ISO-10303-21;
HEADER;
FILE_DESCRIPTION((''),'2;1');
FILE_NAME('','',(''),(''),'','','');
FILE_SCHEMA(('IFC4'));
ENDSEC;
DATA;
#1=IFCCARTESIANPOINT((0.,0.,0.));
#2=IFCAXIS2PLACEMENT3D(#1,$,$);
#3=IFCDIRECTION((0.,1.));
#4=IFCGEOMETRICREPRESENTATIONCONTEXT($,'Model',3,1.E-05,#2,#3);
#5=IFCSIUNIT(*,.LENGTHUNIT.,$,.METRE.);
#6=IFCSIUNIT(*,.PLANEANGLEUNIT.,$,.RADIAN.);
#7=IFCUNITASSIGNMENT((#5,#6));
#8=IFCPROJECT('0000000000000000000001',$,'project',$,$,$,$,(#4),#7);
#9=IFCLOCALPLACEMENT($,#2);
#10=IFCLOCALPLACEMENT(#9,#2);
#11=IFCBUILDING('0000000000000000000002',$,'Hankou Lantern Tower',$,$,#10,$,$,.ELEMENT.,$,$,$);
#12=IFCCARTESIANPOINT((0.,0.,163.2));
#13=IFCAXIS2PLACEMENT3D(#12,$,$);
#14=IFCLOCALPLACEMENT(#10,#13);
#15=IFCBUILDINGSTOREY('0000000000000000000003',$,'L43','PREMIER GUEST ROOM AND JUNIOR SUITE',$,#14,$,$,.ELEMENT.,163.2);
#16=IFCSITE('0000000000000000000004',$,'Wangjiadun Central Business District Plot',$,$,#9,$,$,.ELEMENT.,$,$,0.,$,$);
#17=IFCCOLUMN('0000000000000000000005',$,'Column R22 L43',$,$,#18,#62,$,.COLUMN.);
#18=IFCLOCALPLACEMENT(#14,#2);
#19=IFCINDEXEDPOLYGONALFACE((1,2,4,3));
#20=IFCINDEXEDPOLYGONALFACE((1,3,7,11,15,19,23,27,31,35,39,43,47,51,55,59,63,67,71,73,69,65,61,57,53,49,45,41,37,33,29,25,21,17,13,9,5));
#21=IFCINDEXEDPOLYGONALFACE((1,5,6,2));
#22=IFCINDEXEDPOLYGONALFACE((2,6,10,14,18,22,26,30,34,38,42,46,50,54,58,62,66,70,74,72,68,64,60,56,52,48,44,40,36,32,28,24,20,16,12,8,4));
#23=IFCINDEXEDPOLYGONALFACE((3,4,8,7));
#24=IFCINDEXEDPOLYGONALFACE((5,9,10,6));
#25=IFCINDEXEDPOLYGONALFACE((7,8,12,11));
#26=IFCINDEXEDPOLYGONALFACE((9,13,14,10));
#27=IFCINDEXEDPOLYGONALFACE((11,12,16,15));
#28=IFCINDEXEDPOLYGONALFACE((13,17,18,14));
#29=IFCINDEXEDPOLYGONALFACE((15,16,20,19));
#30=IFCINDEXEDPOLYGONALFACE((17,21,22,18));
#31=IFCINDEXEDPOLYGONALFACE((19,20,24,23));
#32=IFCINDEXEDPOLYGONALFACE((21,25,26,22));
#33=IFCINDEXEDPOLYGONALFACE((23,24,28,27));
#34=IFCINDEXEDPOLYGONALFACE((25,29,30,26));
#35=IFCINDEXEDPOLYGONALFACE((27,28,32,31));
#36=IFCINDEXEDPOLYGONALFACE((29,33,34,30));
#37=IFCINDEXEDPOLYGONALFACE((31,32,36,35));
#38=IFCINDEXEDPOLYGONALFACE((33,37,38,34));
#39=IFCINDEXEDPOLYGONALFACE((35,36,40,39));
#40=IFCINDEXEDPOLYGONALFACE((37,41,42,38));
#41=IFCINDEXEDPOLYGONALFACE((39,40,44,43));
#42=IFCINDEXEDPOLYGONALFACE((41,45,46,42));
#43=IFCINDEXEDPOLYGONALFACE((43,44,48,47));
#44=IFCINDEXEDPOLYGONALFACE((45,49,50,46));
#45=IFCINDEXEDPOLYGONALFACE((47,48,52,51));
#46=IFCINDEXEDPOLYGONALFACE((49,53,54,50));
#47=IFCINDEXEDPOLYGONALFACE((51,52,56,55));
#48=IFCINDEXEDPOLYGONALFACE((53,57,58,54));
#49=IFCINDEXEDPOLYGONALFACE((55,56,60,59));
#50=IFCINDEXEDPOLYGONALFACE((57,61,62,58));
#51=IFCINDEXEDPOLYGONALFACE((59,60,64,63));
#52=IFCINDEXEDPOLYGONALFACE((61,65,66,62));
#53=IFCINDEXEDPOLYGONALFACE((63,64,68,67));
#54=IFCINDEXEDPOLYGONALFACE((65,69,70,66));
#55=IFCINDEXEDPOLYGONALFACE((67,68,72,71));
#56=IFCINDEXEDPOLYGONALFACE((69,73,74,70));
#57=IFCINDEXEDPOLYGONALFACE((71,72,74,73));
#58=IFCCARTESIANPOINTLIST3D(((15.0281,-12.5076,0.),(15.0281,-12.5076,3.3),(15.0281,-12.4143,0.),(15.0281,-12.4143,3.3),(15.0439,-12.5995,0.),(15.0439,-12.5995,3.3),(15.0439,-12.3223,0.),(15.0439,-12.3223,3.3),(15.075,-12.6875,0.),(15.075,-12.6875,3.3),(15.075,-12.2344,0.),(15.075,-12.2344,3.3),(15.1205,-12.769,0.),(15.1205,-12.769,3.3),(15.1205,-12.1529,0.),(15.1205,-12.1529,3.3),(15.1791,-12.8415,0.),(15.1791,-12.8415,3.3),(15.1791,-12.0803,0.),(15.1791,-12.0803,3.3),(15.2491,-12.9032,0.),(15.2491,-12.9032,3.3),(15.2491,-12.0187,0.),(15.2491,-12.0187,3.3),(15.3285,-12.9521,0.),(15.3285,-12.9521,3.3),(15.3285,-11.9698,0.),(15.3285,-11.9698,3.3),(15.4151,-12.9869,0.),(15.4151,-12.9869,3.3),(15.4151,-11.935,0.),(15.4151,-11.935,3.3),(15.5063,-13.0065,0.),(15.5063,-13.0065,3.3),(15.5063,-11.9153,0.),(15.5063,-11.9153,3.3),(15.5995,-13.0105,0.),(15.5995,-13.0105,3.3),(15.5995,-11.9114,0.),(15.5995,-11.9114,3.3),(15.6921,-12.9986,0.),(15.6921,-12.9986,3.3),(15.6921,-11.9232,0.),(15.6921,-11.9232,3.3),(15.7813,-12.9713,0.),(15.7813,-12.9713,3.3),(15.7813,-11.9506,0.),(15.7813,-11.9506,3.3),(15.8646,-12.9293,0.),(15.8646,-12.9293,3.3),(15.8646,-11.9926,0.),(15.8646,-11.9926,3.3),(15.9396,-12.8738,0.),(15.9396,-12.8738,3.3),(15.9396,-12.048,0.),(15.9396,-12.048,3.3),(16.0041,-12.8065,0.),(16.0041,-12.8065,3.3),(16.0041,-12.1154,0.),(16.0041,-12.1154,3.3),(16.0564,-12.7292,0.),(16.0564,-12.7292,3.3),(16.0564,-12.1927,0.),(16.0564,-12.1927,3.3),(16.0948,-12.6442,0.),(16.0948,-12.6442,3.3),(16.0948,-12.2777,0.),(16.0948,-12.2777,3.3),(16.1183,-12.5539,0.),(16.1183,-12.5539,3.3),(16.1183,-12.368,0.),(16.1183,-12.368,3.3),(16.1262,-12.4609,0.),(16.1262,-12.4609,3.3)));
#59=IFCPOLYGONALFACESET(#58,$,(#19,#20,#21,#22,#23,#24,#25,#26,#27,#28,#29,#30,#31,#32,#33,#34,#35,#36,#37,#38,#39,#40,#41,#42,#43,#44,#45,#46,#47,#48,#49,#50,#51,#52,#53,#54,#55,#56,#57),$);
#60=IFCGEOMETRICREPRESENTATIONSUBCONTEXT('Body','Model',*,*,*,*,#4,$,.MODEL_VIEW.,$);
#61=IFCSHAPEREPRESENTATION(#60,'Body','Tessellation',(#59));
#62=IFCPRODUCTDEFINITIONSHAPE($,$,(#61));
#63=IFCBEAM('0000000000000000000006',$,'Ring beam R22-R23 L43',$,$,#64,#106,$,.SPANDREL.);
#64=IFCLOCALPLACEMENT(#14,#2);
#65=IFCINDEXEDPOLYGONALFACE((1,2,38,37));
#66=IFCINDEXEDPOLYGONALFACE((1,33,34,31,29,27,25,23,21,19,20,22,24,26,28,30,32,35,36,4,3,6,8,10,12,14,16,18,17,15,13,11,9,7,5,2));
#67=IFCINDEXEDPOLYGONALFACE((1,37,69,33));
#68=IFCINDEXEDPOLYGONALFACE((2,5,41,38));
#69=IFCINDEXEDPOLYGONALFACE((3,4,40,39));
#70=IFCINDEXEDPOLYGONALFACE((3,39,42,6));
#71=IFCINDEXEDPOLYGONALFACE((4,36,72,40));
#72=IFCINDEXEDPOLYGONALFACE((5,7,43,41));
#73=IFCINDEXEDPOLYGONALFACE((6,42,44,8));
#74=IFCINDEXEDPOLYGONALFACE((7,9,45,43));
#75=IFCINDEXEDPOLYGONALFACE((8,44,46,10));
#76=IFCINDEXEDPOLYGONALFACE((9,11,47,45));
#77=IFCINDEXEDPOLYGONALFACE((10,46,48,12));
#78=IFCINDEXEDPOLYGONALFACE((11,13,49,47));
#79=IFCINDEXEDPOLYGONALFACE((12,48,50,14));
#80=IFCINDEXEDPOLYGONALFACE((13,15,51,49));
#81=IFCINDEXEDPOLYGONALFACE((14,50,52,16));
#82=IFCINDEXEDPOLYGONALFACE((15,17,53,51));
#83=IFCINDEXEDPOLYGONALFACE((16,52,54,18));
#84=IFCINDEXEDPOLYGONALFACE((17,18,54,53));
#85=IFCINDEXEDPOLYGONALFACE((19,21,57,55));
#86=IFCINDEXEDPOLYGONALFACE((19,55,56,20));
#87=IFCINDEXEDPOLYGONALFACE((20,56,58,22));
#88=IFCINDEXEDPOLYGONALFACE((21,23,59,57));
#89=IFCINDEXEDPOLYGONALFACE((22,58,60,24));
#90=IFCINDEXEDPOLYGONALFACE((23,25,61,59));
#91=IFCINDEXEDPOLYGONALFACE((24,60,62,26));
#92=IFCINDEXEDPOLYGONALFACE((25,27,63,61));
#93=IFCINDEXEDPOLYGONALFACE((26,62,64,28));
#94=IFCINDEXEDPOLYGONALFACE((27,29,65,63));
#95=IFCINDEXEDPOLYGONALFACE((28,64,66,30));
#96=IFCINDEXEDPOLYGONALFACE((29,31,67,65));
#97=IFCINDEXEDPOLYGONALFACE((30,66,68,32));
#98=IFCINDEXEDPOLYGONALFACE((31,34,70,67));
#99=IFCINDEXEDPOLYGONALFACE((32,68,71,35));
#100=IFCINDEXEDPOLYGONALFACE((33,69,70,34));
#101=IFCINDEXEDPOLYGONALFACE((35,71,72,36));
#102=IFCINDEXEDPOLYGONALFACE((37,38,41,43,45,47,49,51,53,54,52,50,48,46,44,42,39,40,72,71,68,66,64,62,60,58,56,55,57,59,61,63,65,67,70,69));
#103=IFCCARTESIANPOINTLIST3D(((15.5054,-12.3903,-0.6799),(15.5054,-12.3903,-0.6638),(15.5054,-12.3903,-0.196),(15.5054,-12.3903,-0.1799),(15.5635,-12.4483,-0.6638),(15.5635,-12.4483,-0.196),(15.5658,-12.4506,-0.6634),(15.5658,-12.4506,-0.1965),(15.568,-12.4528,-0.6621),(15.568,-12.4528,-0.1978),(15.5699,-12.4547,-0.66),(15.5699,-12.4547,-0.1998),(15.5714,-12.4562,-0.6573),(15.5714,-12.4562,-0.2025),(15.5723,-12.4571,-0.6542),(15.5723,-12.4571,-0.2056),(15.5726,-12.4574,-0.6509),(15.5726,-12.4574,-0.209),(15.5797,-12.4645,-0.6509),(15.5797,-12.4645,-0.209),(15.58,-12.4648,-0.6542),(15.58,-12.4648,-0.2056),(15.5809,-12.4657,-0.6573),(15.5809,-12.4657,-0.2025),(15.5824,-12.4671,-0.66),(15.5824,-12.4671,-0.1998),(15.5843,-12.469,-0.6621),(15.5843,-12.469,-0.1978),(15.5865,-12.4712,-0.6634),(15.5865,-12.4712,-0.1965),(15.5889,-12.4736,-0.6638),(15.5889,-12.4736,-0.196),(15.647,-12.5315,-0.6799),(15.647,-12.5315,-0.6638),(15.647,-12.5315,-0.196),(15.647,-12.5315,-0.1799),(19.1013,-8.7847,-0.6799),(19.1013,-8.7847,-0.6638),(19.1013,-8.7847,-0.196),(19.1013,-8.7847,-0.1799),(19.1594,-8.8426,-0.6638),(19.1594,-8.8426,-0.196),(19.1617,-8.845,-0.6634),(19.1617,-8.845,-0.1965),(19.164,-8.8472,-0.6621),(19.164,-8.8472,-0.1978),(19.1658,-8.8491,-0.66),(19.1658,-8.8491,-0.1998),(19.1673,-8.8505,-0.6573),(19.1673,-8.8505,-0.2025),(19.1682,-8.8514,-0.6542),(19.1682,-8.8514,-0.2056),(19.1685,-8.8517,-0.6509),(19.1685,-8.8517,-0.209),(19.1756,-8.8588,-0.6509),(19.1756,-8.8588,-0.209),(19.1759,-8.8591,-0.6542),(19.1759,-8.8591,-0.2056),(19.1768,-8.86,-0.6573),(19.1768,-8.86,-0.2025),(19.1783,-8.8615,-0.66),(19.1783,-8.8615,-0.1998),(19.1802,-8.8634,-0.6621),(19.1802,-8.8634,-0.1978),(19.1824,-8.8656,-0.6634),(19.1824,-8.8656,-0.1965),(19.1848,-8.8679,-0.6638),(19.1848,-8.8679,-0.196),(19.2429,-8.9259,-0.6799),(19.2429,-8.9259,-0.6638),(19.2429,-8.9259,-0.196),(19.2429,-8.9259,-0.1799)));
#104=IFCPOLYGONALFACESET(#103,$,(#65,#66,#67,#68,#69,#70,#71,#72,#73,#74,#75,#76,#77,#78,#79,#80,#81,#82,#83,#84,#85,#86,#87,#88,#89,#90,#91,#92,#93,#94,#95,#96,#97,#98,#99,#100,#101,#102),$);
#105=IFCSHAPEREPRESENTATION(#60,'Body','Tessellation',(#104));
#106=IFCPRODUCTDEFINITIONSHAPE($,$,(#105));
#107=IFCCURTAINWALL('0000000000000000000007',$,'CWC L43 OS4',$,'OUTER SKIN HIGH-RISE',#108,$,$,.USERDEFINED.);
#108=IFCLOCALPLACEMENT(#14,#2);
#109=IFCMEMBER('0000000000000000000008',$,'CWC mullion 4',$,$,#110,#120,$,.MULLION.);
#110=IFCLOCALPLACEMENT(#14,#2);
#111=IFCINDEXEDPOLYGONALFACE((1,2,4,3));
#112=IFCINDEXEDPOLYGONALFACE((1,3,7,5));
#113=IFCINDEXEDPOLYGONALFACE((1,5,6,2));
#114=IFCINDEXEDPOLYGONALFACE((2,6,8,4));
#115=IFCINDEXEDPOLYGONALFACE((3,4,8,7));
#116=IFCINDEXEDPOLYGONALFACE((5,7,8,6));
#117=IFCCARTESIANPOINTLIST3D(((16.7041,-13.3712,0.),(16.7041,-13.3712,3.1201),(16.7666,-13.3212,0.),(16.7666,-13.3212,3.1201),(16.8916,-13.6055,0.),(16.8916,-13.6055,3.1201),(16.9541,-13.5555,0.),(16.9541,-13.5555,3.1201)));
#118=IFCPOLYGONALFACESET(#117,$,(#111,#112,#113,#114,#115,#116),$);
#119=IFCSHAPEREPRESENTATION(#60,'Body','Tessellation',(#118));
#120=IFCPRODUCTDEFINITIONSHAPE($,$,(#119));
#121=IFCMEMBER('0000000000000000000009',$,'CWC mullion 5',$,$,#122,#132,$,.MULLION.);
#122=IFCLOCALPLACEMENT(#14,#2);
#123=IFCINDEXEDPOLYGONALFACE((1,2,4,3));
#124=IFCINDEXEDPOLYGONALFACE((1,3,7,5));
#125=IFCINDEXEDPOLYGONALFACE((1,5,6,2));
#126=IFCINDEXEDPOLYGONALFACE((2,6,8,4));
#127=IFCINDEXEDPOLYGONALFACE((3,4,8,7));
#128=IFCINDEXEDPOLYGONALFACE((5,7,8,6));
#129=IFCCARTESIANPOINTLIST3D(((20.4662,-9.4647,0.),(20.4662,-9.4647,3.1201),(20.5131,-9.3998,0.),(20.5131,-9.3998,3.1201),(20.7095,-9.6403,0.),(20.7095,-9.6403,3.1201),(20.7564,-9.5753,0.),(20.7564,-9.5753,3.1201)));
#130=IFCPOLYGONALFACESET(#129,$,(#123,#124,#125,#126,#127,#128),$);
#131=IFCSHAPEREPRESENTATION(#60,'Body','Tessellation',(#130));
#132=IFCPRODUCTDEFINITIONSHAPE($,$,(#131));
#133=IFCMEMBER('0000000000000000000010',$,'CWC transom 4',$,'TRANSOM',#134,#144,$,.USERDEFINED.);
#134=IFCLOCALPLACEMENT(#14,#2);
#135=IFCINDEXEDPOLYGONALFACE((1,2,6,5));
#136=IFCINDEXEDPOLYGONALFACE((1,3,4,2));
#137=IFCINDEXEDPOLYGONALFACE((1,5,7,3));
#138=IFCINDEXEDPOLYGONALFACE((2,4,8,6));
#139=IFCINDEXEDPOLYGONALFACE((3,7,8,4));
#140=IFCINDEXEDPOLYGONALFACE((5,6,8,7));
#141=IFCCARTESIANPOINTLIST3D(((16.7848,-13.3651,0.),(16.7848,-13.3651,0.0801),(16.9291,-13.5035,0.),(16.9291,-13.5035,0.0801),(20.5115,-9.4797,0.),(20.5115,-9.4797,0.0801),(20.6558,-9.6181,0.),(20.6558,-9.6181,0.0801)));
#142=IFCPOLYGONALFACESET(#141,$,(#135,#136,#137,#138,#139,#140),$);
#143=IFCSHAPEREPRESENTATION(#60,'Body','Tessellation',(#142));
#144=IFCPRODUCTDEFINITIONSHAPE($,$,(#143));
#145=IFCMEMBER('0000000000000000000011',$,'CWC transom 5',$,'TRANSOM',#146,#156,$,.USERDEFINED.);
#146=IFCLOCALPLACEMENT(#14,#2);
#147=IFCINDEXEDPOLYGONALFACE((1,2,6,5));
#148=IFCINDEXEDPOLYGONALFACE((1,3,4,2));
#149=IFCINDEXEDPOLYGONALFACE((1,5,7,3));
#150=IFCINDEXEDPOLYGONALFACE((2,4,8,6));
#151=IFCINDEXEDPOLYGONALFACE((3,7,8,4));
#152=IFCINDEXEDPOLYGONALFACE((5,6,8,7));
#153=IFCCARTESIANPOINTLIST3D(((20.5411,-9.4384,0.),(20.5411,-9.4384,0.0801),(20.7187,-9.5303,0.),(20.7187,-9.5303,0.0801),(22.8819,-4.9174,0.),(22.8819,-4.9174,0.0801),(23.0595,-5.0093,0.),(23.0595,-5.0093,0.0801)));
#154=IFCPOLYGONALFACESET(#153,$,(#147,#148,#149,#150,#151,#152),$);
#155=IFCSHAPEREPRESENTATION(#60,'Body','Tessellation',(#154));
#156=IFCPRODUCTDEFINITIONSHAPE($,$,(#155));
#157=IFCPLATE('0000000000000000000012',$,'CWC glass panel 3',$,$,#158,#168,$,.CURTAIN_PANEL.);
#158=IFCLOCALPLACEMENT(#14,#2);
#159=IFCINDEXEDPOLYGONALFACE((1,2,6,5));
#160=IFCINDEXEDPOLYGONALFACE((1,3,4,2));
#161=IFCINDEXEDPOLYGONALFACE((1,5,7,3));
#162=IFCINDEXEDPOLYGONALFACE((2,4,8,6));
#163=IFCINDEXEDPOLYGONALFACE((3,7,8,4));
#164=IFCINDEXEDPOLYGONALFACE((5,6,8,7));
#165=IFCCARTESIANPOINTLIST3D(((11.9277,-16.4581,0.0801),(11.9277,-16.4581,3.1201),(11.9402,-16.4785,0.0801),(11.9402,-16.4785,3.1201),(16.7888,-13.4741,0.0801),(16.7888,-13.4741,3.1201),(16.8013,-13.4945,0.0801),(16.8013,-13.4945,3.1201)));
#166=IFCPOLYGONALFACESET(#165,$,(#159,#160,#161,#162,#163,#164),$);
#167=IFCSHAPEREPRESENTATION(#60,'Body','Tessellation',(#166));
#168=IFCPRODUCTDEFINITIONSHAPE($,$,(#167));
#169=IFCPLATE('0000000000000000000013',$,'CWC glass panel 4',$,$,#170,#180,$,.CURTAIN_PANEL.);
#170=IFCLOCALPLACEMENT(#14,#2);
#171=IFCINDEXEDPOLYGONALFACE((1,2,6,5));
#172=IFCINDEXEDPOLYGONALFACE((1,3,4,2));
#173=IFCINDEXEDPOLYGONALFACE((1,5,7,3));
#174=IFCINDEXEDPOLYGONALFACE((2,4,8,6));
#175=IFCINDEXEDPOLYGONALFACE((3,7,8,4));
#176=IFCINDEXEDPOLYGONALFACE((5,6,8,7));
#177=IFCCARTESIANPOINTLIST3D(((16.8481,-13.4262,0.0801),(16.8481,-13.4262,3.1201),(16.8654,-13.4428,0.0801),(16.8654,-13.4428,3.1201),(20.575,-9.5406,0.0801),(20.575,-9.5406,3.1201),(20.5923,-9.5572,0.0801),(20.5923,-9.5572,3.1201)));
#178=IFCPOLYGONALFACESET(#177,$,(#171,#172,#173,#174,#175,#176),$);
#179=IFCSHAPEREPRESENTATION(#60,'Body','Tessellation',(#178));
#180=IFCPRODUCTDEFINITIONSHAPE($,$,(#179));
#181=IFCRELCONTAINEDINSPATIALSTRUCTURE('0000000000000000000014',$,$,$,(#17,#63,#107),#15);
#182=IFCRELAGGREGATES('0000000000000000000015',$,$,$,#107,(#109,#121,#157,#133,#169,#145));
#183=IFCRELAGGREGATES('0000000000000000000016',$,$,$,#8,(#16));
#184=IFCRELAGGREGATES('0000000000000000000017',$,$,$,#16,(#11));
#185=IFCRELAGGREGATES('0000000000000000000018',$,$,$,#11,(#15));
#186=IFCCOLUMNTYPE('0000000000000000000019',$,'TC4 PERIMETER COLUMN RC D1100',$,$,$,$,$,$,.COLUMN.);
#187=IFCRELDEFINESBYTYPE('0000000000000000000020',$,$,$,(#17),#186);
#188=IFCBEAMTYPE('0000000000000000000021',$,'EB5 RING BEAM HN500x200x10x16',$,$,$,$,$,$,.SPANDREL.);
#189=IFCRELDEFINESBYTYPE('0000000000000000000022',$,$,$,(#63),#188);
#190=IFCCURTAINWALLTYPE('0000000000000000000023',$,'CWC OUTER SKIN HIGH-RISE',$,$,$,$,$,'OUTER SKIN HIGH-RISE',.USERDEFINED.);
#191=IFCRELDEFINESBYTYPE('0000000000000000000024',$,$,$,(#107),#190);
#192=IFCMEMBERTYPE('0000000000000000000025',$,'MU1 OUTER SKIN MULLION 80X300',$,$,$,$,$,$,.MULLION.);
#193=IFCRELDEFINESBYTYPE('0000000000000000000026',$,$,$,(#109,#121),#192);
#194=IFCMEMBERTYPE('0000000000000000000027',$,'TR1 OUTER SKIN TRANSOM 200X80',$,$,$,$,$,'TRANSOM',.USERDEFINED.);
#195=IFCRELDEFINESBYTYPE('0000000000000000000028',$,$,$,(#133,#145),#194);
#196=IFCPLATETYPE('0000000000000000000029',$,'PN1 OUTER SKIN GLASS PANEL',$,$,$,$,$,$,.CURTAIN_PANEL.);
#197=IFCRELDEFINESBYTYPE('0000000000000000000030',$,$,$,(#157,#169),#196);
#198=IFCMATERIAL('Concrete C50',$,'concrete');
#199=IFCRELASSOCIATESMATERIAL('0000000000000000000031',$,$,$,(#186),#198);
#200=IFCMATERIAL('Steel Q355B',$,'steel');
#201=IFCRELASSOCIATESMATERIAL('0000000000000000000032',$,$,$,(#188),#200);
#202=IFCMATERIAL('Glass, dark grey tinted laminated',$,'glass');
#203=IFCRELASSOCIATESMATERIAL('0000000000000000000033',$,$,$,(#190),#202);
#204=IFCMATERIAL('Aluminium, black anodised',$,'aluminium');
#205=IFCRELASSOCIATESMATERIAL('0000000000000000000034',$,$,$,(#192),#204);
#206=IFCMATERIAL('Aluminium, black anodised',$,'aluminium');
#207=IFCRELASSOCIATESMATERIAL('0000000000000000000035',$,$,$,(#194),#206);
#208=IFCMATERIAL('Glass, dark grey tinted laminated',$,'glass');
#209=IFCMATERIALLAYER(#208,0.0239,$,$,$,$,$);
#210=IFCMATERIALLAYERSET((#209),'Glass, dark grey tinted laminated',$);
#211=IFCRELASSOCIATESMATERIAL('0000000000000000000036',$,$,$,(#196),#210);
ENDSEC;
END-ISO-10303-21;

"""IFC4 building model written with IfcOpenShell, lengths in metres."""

from ifc_helpers import new_model, si_unit, direction, frame, origin, origin_2d, place, context, subcontext, project, spatial, rectangle, circle, i_section, extrude, material, layer, layer_set, material_profile, profile_set, type_object, element, aggregate, save


model = new_model("IFC4")

# Units and contexts
model_context = context("Model", 3, precision=1e-05, world=origin(), true_north=direction((0.0, 1.0)))
body_context = subcontext(model_context, "Body", "Model", "MODEL_VIEW")
ifc_project = project(units=[si_unit("LENGTHUNIT", "METRE"), si_unit("PLANEANGLEUNIT", "RADIAN")], contexts=[model_context])

# Site, building, storey
site_placement = place(None, origin())
site = spatial("IfcSite", under=ifc_project, at=site_placement, Name="Wangjiadun Central Business District Plot", CompositionType="ELEMENT", RefElevation=0.0)
building_placement = place(site_placement, origin())
building = spatial("IfcBuilding", under=site, at=building_placement, Name="Hankou Lantern Tower", CompositionType="ELEMENT")
storey_placement = place(building_placement, frame((0.0, 0.0, 163.2)))
storey = spatial("IfcBuildingStorey", under=building, at=storey_placement, Name="L43", Description="PREMIER GUEST ROOM AND JUNIOR SUITE", CompositionType="ELEMENT", Elevation=163.2)

# Column
ifc_material_1 = material(Name="Concrete C50", Category="concrete")
ifc_material_profile_1 = material_profile(ifc_material_1, circle(Radius=0.55, at=origin_2d()), Name="RC D1100")
ifc_profile_set_1 = profile_set([ifc_material_profile_1], Name="Concrete C50")
column_type = type_object("IfcColumnType", Name="TC4 PERIMETER COLUMN RC D1100", PredefinedType="COLUMN", material=ifc_profile_set_1)
column_placement = place(storey_placement, frame((15.5762, -12.4609, 0.0), z_axis=(0.0, 0.0, 1.0), x_axis=(1.0, 0.0, 0.0)))
element("IfcColumn", 1, at=column_placement, inside=storey, type_object=column_type, Name="Column R22 L43", PredefinedType="COLUMN", context=body_context, shape_type="SweptSolid", body=[
    extrude(circle(Radius=0.55, at=origin_2d()), origin(), (0.0, 0.0, 1.0), 3.3),
])

# Beam
ifc_material_2 = material(Name="Steel Q355B", Category="steel")
ifc_material_profile_2 = material_profile(ifc_material_2, i_section(OverallWidth=0.2, OverallDepth=0.5, WebThickness=0.01, FlangeThickness=0.0161, FilletRadius=0.0129, at=origin_2d()), Name="HN500x200x10x16")
ifc_profile_set_2 = profile_set([ifc_material_profile_2], Name="Steel Q355B")
beam_type = type_object("IfcBeamType", Name="EB5 RING BEAM HN500x200x10x16", PredefinedType="SPANDREL", material=ifc_profile_set_2)
beam_placement = place(storey_placement, frame((15.5762, -12.4609, -0.4299), z_axis=(0.706147, 0.708065, 0.0), x_axis=(-0.708065, 0.706147, 0.0)))
element("IfcBeam", 2, at=beam_placement, inside=storey, type_object=beam_type, Name="Ring beam R22-R23 L43", PredefinedType="SPANDREL", context=body_context, shape_type="SweptSolid", body=[
    extrude(i_section(OverallWidth=0.2, OverallDepth=0.5, WebThickness=0.01, FlangeThickness=0.0161, FilletRadius=0.0129, at=origin_2d()), origin(), (0.0, 0.0, 1.0), 5.0923),
])

# Curtain wall, members, plates
ifc_material_3 = material(Name="Glass, dark grey tinted laminated", Category="glass")
curtain_wall_type = type_object("IfcCurtainWallType", Name="CWC OUTER SKIN HIGH-RISE", ElementType="OUTER SKIN HIGH-RISE", PredefinedType="USERDEFINED", material=ifc_material_3)
curtain_wall_placement = place(storey_placement, origin())
curtain_wall = element("IfcCurtainWall", 3, at=curtain_wall_placement, inside=storey, type_object=curtain_wall_type, Name="CWC L43 OS4", ObjectType="OUTER SKIN HIGH-RISE", PredefinedType="USERDEFINED")
ifc_material_4 = material(Name="Aluminium, black anodised", Category="aluminium")
ifc_material_profile_3 = material_profile(ifc_material_4, rectangle(XDim=0.0801, YDim=0.3, at=origin_2d()), Name="MU1 80X300")
ifc_profile_set_3 = profile_set([ifc_material_profile_3], Name="Aluminium, black anodised")
member_type_1 = type_object("IfcMemberType", Name="MU1 OUTER SKIN MULLION 80X300", PredefinedType="MULLION", material=ifc_profile_set_3)
member_1_placement = place(storey_placement, frame((16.8291, -13.4634, 0.0), z_axis=(0.0, 0.0, 1.0), x_axis=(0.780869, 0.624695, 0.0)))
member_1 = element("IfcMember", 4, at=member_1_placement, type_object=member_type_1, Name="CWC mullion 4", PredefinedType="MULLION", context=body_context, shape_type="SweptSolid", body=[
    extrude(rectangle(XDim=0.0801, YDim=0.3, at=origin_2d()), origin(), (0.0, 0.0, 1.0), 3.1201),
])
member_2_placement = place(storey_placement, frame((20.6113, -9.52, 0.0), z_axis=(0.0, 0.0, 1.0), x_axis=(0.585206, 0.810885, 0.0)))
member_2 = element("IfcMember", 5, at=member_2_placement, type_object=member_type_1, Name="CWC mullion 5", PredefinedType="MULLION", context=body_context, shape_type="SweptSolid", body=[
    extrude(rectangle(XDim=0.0801, YDim=0.3, at=origin_2d()), origin(), (0.0, 0.0, 1.0), 3.1201),
])
ifc_material_5 = material(Name="Aluminium, black anodised", Category="aluminium")
ifc_material_profile_4 = material_profile(ifc_material_5, rectangle(XDim=0.2, YDim=0.0801, at=origin_2d()), Name="TR1 200X80")
ifc_profile_set_4 = profile_set([ifc_material_profile_4], Name="Aluminium, black anodised")
member_type_2 = type_object("IfcMemberType", Name="TR1 OUTER SKIN TRANSOM 200X80", ElementType="TRANSOM", PredefinedType="USERDEFINED", material=ifc_profile_set_4)
member_3_placement = place(storey_placement, frame((16.8569, -13.4343, 0.04), z_axis=(0.692216, 0.721691, 0.0), x_axis=(-0.721691, 0.692216, 0.0)))
member_3 = element("IfcMember", 6, at=member_3_placement, type_object=member_type_2, Name="CWC transom 4", ObjectType="TRANSOM", PredefinedType="USERDEFINED", context=body_context, shape_type="SweptSolid", body=[
    extrude(rectangle(XDim=0.2, YDim=0.0801, at=origin_2d()), origin(), (0.0, 0.0, 1.0), 5.3838),
])
member_4_placement = place(storey_placement, frame((20.6299, -9.4844, 0.04), z_axis=(0.459791, 0.888027, 0.0), x_axis=(-0.888027, 0.459791, 0.0)))
member_4 = element("IfcMember", 7, at=member_4_placement, type_object=member_type_2, Name="CWC transom 5", ObjectType="TRANSOM", PredefinedType="USERDEFINED", context=body_context, shape_type="SweptSolid", body=[
    extrude(rectangle(XDim=0.2, YDim=0.0801, at=origin_2d()), origin(), (0.0, 0.0, 1.0), 5.0911),
])
ifc_material_6 = material(Name="Glass, dark grey tinted laminated", Category="glass")
ifc_layer_1 = layer(ifc_material_6, 0.0239)
ifc_layer_set_1 = layer_set([ifc_layer_1], Name="Glass, dark grey tinted laminated")
plate_type = type_object("IfcPlateType", Name="PN1 OUTER SKIN GLASS PANEL", PredefinedType="CURTAIN_PANEL", material=ifc_layer_set_1)
plate_1_placement = place(storey_placement, frame((14.3645, -14.9763, 0.0801), z_axis=(0.0, 0.0, 1.0), x_axis=(0.852237, 0.523156, 0.0)))
plate_1 = element("IfcPlate", 8, at=plate_1_placement, type_object=plate_type, Name="CWC glass panel 3", PredefinedType="CURTAIN_PANEL", context=body_context, shape_type="SweptSolid", body=[
    extrude(rectangle(XDim=5.7039, YDim=0.0239, at=origin_2d()), origin(), (0.0, 0.0, 1.0), 3.04),
])
plate_2_placement = place(storey_placement, frame((18.7202, -11.4917, 0.0801), z_axis=(0.0, 0.0, 1.0), x_axis=(0.692216, 0.721691, 0.0)))
plate_2 = element("IfcPlate", 9, at=plate_2_placement, type_object=plate_type, Name="CWC glass panel 4", PredefinedType="CURTAIN_PANEL", context=body_context, shape_type="SweptSolid", body=[
    extrude(rectangle(XDim=5.384, YDim=0.0239, at=origin_2d()), origin(), (0.0, 0.0, 1.0), 3.04),
])
aggregate(curtain_wall, [member_1, member_2, plate_1, member_3, plate_2, member_4])

save(model, "model.ifc")
